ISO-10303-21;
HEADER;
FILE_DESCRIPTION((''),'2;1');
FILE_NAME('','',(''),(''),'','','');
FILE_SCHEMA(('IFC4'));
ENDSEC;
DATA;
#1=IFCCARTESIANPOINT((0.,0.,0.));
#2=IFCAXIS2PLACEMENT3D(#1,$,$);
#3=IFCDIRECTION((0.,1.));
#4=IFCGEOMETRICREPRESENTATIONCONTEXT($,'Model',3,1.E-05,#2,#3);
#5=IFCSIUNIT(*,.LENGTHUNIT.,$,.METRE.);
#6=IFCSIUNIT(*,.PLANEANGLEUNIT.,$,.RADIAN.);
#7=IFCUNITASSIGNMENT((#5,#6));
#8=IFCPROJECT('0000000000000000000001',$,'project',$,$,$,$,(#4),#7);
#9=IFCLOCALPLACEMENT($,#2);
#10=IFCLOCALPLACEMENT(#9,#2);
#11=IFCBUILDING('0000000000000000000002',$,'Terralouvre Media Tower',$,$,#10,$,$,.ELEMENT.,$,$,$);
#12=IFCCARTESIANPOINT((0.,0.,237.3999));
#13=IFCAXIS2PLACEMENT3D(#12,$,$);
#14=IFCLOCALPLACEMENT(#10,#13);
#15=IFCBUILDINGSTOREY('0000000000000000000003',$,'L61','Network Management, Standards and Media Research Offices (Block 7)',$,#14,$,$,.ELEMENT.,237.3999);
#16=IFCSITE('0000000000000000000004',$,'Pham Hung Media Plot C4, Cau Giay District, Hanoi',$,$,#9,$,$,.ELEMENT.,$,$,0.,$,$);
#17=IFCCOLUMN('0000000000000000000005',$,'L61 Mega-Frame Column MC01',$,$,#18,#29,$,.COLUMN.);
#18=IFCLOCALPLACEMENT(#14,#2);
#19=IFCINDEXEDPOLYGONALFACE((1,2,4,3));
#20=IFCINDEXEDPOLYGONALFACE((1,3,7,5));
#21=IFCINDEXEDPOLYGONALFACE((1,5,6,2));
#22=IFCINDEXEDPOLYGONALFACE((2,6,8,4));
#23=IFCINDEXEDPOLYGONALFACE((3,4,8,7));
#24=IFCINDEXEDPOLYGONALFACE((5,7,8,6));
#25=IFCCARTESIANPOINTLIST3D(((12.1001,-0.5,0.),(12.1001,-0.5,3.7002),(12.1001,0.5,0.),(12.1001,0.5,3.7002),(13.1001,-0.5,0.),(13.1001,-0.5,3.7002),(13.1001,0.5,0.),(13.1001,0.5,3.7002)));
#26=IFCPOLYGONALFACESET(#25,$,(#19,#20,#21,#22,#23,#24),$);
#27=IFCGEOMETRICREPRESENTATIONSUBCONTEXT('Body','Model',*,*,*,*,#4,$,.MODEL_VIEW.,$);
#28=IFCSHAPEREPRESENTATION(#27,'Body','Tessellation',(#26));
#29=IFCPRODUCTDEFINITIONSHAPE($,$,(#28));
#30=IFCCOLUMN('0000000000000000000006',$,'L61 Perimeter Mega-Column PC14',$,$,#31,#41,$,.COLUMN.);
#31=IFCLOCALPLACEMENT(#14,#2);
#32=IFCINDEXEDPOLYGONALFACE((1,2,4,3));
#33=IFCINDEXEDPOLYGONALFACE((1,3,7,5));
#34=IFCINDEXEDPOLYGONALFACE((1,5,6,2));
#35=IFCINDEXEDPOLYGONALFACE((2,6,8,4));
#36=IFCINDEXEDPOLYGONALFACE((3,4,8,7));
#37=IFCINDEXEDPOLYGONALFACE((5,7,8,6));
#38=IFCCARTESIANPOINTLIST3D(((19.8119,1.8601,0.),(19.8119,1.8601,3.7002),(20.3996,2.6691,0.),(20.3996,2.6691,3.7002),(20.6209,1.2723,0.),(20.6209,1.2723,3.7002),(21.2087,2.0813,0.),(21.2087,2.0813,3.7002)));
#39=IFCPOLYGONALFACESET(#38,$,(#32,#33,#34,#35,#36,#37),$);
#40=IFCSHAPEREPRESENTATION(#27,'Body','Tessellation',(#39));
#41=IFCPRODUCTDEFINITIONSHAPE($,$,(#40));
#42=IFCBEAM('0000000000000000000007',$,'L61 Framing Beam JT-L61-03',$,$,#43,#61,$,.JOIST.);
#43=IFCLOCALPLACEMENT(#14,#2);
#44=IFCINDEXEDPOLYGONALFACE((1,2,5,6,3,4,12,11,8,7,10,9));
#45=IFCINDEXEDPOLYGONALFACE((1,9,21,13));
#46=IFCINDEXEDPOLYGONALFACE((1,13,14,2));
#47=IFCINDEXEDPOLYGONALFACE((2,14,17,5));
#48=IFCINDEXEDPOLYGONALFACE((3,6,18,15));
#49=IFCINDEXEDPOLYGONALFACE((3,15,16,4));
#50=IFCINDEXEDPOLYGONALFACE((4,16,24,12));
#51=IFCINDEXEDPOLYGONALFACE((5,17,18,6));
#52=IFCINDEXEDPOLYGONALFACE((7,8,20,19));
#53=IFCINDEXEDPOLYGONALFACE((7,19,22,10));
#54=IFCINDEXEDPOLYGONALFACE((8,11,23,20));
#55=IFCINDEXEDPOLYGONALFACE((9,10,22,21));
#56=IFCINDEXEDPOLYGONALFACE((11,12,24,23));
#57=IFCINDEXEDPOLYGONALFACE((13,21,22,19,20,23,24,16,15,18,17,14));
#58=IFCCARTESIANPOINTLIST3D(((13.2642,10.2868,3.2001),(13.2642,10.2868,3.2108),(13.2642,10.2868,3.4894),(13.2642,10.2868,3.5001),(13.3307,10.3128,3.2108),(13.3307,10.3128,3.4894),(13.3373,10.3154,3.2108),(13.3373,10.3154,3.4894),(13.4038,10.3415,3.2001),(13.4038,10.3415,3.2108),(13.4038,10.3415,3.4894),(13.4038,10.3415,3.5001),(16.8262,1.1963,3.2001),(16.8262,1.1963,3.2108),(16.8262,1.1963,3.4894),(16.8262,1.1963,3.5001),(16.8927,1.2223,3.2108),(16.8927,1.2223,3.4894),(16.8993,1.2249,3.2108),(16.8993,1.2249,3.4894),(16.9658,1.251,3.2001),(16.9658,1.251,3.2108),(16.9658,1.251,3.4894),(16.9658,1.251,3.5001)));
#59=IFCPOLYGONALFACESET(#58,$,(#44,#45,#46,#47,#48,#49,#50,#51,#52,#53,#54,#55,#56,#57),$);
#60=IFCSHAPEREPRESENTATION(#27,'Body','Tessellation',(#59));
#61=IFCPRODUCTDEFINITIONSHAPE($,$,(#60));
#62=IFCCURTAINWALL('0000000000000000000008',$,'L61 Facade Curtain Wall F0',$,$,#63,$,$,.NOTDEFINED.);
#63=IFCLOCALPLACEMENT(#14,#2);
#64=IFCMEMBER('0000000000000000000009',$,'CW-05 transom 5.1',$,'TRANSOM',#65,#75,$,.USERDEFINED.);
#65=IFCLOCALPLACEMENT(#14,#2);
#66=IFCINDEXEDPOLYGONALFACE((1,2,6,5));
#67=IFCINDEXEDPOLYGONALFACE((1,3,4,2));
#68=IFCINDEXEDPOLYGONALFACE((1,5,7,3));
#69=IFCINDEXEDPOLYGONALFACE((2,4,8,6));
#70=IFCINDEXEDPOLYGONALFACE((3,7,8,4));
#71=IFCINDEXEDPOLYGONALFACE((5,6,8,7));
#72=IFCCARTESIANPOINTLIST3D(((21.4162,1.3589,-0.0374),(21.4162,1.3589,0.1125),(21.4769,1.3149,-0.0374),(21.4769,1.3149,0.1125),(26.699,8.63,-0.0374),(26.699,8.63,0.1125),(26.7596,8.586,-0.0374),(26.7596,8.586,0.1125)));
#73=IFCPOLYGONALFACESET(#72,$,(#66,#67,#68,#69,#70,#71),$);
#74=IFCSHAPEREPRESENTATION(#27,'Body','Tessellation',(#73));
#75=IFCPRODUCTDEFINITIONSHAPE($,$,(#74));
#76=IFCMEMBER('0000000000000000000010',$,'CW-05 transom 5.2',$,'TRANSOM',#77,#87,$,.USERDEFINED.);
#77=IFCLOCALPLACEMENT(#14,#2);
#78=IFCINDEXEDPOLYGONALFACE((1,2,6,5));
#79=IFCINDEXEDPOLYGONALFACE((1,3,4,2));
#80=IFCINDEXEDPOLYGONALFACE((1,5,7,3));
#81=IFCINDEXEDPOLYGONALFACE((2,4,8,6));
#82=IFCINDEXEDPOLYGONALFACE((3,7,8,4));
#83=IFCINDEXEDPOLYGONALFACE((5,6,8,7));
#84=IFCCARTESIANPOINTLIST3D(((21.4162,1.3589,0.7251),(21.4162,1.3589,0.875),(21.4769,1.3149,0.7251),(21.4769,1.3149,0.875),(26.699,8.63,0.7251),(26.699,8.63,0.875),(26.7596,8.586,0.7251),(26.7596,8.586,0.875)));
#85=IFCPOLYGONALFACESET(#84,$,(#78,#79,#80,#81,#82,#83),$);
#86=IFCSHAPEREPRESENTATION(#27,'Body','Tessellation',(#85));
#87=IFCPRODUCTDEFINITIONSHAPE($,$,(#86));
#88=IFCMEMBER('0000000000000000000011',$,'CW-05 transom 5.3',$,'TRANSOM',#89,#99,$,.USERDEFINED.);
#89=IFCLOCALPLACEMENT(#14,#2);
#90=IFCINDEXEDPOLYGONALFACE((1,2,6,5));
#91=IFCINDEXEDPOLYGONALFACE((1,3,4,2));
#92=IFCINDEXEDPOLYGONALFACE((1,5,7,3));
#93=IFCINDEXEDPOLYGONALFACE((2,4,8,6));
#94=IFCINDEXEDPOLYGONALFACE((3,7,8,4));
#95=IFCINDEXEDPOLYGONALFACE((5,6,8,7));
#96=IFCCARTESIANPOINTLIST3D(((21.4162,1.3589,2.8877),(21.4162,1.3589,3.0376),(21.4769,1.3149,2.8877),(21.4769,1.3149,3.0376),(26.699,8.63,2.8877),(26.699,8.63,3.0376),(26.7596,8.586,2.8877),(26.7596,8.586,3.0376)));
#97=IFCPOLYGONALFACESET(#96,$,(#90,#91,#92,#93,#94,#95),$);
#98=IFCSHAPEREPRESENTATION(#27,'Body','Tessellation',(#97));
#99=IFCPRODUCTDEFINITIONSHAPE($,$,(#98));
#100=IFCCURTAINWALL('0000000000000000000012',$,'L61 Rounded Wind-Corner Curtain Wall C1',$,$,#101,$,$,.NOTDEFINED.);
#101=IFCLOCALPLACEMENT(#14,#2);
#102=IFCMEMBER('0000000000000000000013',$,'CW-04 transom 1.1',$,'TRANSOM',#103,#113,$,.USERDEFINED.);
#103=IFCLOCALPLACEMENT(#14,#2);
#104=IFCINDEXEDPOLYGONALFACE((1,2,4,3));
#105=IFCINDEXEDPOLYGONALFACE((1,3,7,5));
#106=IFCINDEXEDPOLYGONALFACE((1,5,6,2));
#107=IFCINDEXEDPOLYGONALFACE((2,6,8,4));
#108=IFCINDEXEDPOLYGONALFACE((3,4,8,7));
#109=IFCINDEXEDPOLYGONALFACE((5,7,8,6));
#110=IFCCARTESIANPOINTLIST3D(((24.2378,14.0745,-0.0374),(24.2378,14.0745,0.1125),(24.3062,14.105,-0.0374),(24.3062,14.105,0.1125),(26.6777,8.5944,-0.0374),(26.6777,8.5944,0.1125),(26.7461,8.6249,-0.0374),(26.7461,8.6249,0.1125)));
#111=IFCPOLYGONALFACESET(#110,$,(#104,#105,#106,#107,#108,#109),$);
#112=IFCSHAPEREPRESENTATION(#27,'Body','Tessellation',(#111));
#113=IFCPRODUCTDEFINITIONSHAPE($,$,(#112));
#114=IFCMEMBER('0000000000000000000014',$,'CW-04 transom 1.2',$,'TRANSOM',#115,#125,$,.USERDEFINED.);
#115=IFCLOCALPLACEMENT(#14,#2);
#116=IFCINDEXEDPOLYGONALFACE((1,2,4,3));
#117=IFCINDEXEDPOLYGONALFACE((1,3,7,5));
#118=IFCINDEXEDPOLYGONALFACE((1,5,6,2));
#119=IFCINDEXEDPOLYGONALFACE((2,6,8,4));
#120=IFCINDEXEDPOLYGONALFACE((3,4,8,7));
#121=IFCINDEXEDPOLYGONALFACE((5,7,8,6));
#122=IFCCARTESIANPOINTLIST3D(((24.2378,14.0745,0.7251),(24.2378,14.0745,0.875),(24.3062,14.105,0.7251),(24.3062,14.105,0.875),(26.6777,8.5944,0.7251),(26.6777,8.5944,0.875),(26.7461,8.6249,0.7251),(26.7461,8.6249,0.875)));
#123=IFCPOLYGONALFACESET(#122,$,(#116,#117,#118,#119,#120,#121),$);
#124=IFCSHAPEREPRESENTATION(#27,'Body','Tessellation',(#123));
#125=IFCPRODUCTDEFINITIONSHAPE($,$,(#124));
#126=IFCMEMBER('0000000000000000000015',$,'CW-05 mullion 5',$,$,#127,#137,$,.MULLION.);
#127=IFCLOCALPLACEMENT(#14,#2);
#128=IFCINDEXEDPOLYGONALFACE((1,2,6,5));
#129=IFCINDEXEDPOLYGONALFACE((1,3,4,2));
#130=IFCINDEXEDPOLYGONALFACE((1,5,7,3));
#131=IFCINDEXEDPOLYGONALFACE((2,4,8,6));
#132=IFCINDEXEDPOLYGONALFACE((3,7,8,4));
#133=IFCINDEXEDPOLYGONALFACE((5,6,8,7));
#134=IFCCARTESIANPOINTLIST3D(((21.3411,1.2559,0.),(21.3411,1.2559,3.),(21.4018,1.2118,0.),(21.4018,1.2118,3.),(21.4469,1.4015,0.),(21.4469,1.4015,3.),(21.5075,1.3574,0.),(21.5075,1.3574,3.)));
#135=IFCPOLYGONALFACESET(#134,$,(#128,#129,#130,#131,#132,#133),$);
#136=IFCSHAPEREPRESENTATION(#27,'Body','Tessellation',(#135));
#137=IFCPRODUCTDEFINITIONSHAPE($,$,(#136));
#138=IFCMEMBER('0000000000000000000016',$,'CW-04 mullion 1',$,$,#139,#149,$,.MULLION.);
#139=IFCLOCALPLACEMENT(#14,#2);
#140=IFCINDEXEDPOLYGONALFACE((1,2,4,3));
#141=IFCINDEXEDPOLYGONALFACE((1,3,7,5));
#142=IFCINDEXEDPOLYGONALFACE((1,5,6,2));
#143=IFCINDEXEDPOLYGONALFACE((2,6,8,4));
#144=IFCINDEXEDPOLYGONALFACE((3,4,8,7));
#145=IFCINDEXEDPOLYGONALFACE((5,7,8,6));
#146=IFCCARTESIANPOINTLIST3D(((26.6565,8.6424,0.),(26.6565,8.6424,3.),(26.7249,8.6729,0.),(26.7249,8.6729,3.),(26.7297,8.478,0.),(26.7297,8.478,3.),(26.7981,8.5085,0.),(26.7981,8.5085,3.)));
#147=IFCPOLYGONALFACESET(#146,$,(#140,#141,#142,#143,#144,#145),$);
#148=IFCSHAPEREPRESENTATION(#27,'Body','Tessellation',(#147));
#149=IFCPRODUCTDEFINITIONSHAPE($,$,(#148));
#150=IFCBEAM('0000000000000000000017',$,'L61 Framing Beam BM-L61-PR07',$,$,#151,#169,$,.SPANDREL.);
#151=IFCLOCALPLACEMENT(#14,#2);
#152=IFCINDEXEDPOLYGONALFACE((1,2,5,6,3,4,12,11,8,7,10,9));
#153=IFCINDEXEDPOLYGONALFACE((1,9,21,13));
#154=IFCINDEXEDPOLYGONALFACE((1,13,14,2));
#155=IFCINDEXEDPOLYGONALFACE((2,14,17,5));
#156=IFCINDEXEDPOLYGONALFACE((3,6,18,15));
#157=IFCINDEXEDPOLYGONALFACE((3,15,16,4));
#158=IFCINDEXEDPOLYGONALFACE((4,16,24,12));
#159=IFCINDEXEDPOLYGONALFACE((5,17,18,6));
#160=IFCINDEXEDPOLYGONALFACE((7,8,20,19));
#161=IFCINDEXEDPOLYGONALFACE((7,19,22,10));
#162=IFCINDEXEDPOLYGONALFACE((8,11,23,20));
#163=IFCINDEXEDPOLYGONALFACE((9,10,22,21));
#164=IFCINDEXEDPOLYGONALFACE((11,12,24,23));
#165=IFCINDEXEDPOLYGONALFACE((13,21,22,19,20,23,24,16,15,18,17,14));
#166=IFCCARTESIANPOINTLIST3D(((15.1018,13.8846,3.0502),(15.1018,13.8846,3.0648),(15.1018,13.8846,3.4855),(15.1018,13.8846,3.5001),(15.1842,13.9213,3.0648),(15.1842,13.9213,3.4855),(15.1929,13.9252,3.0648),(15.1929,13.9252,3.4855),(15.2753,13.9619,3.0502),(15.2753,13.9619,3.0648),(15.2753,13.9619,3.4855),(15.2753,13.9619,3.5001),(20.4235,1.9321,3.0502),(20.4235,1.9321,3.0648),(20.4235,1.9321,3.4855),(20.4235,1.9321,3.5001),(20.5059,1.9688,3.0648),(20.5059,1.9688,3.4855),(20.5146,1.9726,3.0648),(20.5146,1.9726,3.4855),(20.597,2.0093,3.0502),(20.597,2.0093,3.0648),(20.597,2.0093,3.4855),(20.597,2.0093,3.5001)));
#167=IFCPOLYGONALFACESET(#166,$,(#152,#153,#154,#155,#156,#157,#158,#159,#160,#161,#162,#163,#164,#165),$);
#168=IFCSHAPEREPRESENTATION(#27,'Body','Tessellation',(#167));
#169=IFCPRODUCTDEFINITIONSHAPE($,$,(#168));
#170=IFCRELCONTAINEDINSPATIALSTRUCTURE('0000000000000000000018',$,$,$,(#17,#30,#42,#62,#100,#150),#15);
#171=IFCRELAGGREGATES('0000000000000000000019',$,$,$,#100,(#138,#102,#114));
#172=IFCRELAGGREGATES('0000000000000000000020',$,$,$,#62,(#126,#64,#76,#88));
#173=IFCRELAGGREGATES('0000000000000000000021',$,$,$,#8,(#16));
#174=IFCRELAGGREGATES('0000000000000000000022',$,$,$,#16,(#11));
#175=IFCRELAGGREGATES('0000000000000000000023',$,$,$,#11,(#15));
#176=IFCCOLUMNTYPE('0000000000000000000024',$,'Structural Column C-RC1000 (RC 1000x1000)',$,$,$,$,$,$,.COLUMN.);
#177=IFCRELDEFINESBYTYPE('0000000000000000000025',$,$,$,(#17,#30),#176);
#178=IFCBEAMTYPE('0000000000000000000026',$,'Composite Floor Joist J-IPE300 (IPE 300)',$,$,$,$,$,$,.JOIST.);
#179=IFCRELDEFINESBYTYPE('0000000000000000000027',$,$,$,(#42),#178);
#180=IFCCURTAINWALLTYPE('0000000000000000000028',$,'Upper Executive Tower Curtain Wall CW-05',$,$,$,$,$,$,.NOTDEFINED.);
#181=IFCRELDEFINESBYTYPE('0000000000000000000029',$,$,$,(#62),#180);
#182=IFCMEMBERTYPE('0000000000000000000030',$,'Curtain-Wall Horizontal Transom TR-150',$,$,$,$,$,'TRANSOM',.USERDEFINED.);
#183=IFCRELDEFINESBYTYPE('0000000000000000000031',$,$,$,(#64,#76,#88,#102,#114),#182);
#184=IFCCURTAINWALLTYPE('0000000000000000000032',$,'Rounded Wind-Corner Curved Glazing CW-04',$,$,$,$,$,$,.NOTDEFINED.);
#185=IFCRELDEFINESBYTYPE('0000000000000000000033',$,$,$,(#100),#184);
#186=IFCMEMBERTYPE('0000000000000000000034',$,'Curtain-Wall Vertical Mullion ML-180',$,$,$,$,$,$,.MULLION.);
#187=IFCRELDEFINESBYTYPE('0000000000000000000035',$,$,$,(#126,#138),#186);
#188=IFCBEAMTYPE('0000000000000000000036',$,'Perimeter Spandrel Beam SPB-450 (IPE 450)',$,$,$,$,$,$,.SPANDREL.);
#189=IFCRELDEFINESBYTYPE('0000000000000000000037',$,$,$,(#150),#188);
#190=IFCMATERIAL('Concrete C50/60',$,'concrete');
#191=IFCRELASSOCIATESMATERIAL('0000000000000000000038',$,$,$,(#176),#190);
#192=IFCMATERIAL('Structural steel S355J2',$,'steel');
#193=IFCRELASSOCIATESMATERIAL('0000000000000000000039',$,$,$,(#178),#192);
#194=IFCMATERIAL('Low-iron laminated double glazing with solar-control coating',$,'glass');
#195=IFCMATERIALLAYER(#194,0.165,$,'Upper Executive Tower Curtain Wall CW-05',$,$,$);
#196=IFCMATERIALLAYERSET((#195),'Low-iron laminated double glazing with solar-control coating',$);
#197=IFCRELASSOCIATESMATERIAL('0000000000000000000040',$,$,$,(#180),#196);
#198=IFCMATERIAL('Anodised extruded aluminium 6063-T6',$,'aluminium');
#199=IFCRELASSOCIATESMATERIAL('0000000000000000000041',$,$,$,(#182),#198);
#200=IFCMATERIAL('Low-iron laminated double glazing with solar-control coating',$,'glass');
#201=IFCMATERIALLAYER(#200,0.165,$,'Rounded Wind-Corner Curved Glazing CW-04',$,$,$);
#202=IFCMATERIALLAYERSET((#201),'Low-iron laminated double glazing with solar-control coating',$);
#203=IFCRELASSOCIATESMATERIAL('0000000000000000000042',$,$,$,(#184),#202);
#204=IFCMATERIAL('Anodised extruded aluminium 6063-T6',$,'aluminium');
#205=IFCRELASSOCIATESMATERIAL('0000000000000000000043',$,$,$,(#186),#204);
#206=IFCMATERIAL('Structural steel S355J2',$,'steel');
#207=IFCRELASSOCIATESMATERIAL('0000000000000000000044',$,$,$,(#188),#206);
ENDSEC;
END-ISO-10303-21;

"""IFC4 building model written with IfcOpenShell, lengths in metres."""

from ifc_helpers import new_model, si_unit, direction, frame, origin, origin_2d, place, context, subcontext, project, spatial, rectangle, i_section, extrude, material, layer, layer_set, material_profile, profile_set, type_object, element, aggregate, save


model = new_model("IFC4")

# Units and contexts
model_context = context("Model", 3, precision=1e-05, world=origin(), true_north=direction((0.0, 1.0)))
body_context = subcontext(model_context, "Body", "Model", "MODEL_VIEW")
ifc_project = project(units=[si_unit("LENGTHUNIT", "METRE"), si_unit("PLANEANGLEUNIT", "RADIAN")], contexts=[model_context])

# Site, building, storey
site_placement = place(None, origin())
site = spatial("IfcSite", under=ifc_project, at=site_placement, Name="Pham Hung Media Plot C4, Cau Giay District, Hanoi", CompositionType="ELEMENT", RefElevation=0.0)
building_placement = place(site_placement, origin())
building = spatial("IfcBuilding", under=site, at=building_placement, Name="Terralouvre Media Tower", CompositionType="ELEMENT")
storey_placement = place(building_placement, frame((0.0, 0.0, 237.3999)))
storey = spatial("IfcBuildingStorey", under=building, at=storey_placement, Name="L61", Description="Network Management, Standards and Media Research Offices (Block 7)", CompositionType="ELEMENT", Elevation=237.3999)

# Columns
ifc_material_1 = material(Name="Concrete C50/60", Category="concrete")
ifc_material_profile_1 = material_profile(ifc_material_1, rectangle(XDim=1.0, YDim=1.0, at=origin_2d()), Name="RC 1000x1000")
ifc_profile_set_1 = profile_set([ifc_material_profile_1], Name="Concrete C50/60")
column_type = type_object("IfcColumnType", Name="Structural Column C-RC1000 (RC 1000x1000)", PredefinedType="COLUMN", material=ifc_profile_set_1)
for number, where, z_axis, x_axis, name in (
    (1, (12.6001, 0.0, 0.0), (0.0, 0.0, 1.0), (1.0, 0.0, 0.0), "L61 Mega-Frame Column MC01"),
    (2, (20.5103, 1.9707, 0.0), (0.0, 0.0, 1.0), (0.587785, 0.809017, 0.0), "L61 Perimeter Mega-Column PC14"),
):
    element("IfcColumn", number, at=place(storey_placement, frame(where, z_axis=z_axis, x_axis=x_axis)), inside=storey, type_object=column_type, Name=name, PredefinedType="COLUMN", context=body_context, shape_type="SweptSolid", body=[
        extrude(rectangle(XDim=1.0, YDim=1.0, at=origin_2d()), origin(), (0.0, 0.0, 1.0), 3.7002),
    ])

# Beam
ifc_material_2 = material(Name="Structural steel S355J2", Category="steel")
ifc_material_profile_2 = material_profile(ifc_material_2, i_section(OverallWidth=0.1499, OverallDepth=0.3, WebThickness=0.0071, FlangeThickness=0.0107, at=origin_2d()), Name="IPE 300")
ifc_profile_set_2 = profile_set([ifc_material_profile_2], Name="Structural steel S355J2")
beam_type_1 = type_object("IfcBeamType", Name="Composite Floor Joist J-IPE300 (IPE 300)", PredefinedType="JOIST", material=ifc_profile_set_2)
beam_1_placement = place(storey_placement, frame((16.896, 1.2236, 3.3501), z_axis=(-0.364828, 0.931075, 0.0), x_axis=(-0.931075, -0.364828, 0.0)))
element("IfcBeam", 3, at=beam_1_placement, inside=storey, type_object=beam_type_1, Name="L61 Framing Beam JT-L61-03", PredefinedType="JOIST", context=body_context, shape_type="SweptSolid", body=[
    extrude(i_section(OverallWidth=0.1499, OverallDepth=0.3, WebThickness=0.0071, FlangeThickness=0.0107, at=origin_2d()), origin(), (0.0, 0.0, 1.0), 9.7634),
])

# Curtain walls, members
ifc_material_3 = material(Name="Low-iron laminated double glazing with solar-control coating", Category="glass")
ifc_layer_1 = layer(ifc_material_3, 0.165, Name="Upper Executive Tower Curtain Wall CW-05")
ifc_layer_set_1 = layer_set([ifc_layer_1], Name="Low-iron laminated double glazing with solar-control coating")
curtain_wall_type_1 = type_object("IfcCurtainWallType", Name="Upper Executive Tower Curtain Wall CW-05", PredefinedType="NOTDEFINED", material=ifc_layer_set_1)
curtain_wall_1_placement = place(storey_placement, origin())
curtain_wall_1 = element("IfcCurtainWall", 4, at=curtain_wall_1_placement, inside=storey, type_object=curtain_wall_type_1, Name="L61 Facade Curtain Wall F0", PredefinedType="NOTDEFINED")
ifc_material_4 = material(Name="Anodised extruded aluminium 6063-T6", Category="aluminium")
ifc_material_profile_3 = material_profile(ifc_material_4, rectangle(XDim=0.075, YDim=0.1499, at=origin_2d()), Name="ALU 75x150")
ifc_profile_set_3 = profile_set([ifc_material_profile_3], Name="Anodised extruded aluminium 6063-T6")
member_type_1 = type_object("IfcMemberType", Name="Curtain-Wall Horizontal Transom TR-150", ElementType="TRANSOM", PredefinedType="USERDEFINED", material=ifc_profile_set_3)
member_1_placement = place(storey_placement, frame((21.4465, 1.3369, 0.0376), z_axis=(0.587787, 0.809016, 0.0), x_axis=(-0.809016, 0.587787, 0.0)))
member_1 = element("IfcMember", 5, at=member_1_placement, type_object=member_type_1, Name="CW-05 transom 5.1", ObjectType="TRANSOM", PredefinedType="USERDEFINED", context=body_context, shape_type="SweptSolid", body=[
    extrude(rectangle(XDim=0.075, YDim=0.1499, at=origin_2d()), origin(), (0.0, 0.0, 1.0), 8.9875),
])
member_2_placement = place(storey_placement, frame((21.4465, 1.3369, 0.8), z_axis=(0.587787, 0.809016, 0.0), x_axis=(-0.809016, 0.587787, 0.0)))
member_2 = element("IfcMember", 6, at=member_2_placement, type_object=member_type_1, Name="CW-05 transom 5.2", ObjectType="TRANSOM", PredefinedType="USERDEFINED", context=body_context, shape_type="SweptSolid", body=[
    extrude(rectangle(XDim=0.075, YDim=0.1499, at=origin_2d()), origin(), (0.0, 0.0, 1.0), 8.9875),
])
member_3_placement = place(storey_placement, frame((21.4465, 1.3369, 2.9626), z_axis=(0.587787, 0.809016, 0.0), x_axis=(-0.809016, 0.587787, 0.0)))
member_3 = element("IfcMember", 7, at=member_3_placement, type_object=member_type_1, Name="CW-05 transom 5.3", ObjectType="TRANSOM", PredefinedType="USERDEFINED", context=body_context, shape_type="SweptSolid", body=[
    extrude(rectangle(XDim=0.075, YDim=0.1499, at=origin_2d()), origin(), (0.0, 0.0, 1.0), 8.9875),
])
ifc_material_5 = material(Name="Low-iron laminated double glazing with solar-control coating", Category="glass")
ifc_layer_2 = layer(ifc_material_5, 0.165, Name="Rounded Wind-Corner Curved Glazing CW-04")
ifc_layer_set_2 = layer_set([ifc_layer_2], Name="Low-iron laminated double glazing with solar-control coating")
curtain_wall_type_2 = type_object("IfcCurtainWallType", Name="Rounded Wind-Corner Curved Glazing CW-04", PredefinedType="NOTDEFINED", material=ifc_layer_set_2)
curtain_wall_2_placement = place(storey_placement, origin())
curtain_wall_2 = element("IfcCurtainWall", 8, at=curtain_wall_2_placement, inside=storey, type_object=curtain_wall_type_2, Name="L61 Rounded Wind-Corner Curtain Wall C1", PredefinedType="NOTDEFINED")
member_4_placement = place(storey_placement, frame((26.7119, 8.6096, 0.0376), z_axis=(-0.406735, 0.913546, 0.0), x_axis=(-0.913546, -0.406735, 0.0)))
member_4 = element("IfcMember", 9, at=member_4_placement, type_object=member_type_1, Name="CW-04 transom 1.1", ObjectType="TRANSOM", PredefinedType="USERDEFINED", context=body_context, shape_type="SweptSolid", body=[
    extrude(rectangle(XDim=0.075, YDim=0.1499, at=origin_2d()), origin(), (0.0, 0.0, 1.0), 5.9988),
])
member_5_placement = place(storey_placement, frame((26.7119, 8.6096, 0.8), z_axis=(-0.406735, 0.913546, 0.0), x_axis=(-0.913546, -0.406735, 0.0)))
member_5 = element("IfcMember", 10, at=member_5_placement, type_object=member_type_1, Name="CW-04 transom 1.2", ObjectType="TRANSOM", PredefinedType="USERDEFINED", context=body_context, shape_type="SweptSolid", body=[
    extrude(rectangle(XDim=0.075, YDim=0.1499, at=origin_2d()), origin(), (0.0, 0.0, 1.0), 5.9988),
])

# Members
ifc_material_6 = material(Name="Anodised extruded aluminium 6063-T6", Category="aluminium")
ifc_material_profile_4 = material_profile(ifc_material_6, rectangle(XDim=0.075, YDim=0.1799, at=origin_2d()), Name="ALU 75x180")
ifc_profile_set_4 = profile_set([ifc_material_profile_4], Name="Anodised extruded aluminium 6063-T6")
member_type_2 = type_object("IfcMemberType", Name="Curtain-Wall Vertical Mullion ML-180", PredefinedType="MULLION", material=ifc_profile_set_4)
member_6_placement = place(storey_placement, frame((21.4243, 1.3066, 0.0), z_axis=(0.0, 0.0, 1.0), x_axis=(-0.809017, 0.587785, 0.0)))
member_6 = element("IfcMember", 11, at=member_6_placement, type_object=member_type_2, Name="CW-05 mullion 5", PredefinedType="MULLION", context=body_context, shape_type="SweptSolid", body=[
    extrude(rectangle(XDim=0.075, YDim=0.1799, at=origin_2d()), origin(), (0.0, 0.0, 1.0), 3.0),
])
member_7_placement = place(storey_placement, frame((26.7273, 8.5754, 0.0), z_axis=(0.0, 0.0, 1.0), x_axis=(-0.913545, -0.406737, 0.0)))
member_7 = element("IfcMember", 12, at=member_7_placement, type_object=member_type_2, Name="CW-04 mullion 1", PredefinedType="MULLION", context=body_context, shape_type="SweptSolid", body=[
    extrude(rectangle(XDim=0.075, YDim=0.1799, at=origin_2d()), origin(), (0.0, 0.0, 1.0), 3.0),
])
aggregate(curtain_wall_2, [member_7, member_4, member_5])

# Beam
ifc_material_7 = material(Name="Structural steel S355J2", Category="steel")
ifc_material_profile_5 = material_profile(ifc_material_7, i_section(OverallWidth=0.1899, OverallDepth=0.45, WebThickness=0.0095, FlangeThickness=0.0146, at=origin_2d()), Name="IPE 450")
ifc_profile_set_5 = profile_set([ifc_material_profile_5], Name="Structural steel S355J2")
beam_type_2 = type_object("IfcBeamType", Name="Perimeter Spandrel Beam SPB-450 (IPE 450)", PredefinedType="SPANDREL", material=ifc_profile_set_5)
beam_2_placement = place(storey_placement, frame((20.5103, 1.9707, 3.2751), z_axis=(-0.406744, 0.913542, 0.0), x_axis=(-0.913542, -0.406744, 0.0)))
element("IfcBeam", 13, at=beam_2_placement, inside=storey, type_object=beam_type_2, Name="L61 Framing Beam BM-L61-PR07", PredefinedType="SPANDREL", context=body_context, shape_type="SweptSolid", body=[
    extrude(i_section(OverallWidth=0.1899, OverallDepth=0.45, WebThickness=0.0095, FlangeThickness=0.0146, at=origin_2d()), origin(), (0.0, 0.0, 1.0), 13.0837),
])

aggregate(curtain_wall_1, [member_6, member_1, member_2, member_3])

save(model, "model.ifc")
